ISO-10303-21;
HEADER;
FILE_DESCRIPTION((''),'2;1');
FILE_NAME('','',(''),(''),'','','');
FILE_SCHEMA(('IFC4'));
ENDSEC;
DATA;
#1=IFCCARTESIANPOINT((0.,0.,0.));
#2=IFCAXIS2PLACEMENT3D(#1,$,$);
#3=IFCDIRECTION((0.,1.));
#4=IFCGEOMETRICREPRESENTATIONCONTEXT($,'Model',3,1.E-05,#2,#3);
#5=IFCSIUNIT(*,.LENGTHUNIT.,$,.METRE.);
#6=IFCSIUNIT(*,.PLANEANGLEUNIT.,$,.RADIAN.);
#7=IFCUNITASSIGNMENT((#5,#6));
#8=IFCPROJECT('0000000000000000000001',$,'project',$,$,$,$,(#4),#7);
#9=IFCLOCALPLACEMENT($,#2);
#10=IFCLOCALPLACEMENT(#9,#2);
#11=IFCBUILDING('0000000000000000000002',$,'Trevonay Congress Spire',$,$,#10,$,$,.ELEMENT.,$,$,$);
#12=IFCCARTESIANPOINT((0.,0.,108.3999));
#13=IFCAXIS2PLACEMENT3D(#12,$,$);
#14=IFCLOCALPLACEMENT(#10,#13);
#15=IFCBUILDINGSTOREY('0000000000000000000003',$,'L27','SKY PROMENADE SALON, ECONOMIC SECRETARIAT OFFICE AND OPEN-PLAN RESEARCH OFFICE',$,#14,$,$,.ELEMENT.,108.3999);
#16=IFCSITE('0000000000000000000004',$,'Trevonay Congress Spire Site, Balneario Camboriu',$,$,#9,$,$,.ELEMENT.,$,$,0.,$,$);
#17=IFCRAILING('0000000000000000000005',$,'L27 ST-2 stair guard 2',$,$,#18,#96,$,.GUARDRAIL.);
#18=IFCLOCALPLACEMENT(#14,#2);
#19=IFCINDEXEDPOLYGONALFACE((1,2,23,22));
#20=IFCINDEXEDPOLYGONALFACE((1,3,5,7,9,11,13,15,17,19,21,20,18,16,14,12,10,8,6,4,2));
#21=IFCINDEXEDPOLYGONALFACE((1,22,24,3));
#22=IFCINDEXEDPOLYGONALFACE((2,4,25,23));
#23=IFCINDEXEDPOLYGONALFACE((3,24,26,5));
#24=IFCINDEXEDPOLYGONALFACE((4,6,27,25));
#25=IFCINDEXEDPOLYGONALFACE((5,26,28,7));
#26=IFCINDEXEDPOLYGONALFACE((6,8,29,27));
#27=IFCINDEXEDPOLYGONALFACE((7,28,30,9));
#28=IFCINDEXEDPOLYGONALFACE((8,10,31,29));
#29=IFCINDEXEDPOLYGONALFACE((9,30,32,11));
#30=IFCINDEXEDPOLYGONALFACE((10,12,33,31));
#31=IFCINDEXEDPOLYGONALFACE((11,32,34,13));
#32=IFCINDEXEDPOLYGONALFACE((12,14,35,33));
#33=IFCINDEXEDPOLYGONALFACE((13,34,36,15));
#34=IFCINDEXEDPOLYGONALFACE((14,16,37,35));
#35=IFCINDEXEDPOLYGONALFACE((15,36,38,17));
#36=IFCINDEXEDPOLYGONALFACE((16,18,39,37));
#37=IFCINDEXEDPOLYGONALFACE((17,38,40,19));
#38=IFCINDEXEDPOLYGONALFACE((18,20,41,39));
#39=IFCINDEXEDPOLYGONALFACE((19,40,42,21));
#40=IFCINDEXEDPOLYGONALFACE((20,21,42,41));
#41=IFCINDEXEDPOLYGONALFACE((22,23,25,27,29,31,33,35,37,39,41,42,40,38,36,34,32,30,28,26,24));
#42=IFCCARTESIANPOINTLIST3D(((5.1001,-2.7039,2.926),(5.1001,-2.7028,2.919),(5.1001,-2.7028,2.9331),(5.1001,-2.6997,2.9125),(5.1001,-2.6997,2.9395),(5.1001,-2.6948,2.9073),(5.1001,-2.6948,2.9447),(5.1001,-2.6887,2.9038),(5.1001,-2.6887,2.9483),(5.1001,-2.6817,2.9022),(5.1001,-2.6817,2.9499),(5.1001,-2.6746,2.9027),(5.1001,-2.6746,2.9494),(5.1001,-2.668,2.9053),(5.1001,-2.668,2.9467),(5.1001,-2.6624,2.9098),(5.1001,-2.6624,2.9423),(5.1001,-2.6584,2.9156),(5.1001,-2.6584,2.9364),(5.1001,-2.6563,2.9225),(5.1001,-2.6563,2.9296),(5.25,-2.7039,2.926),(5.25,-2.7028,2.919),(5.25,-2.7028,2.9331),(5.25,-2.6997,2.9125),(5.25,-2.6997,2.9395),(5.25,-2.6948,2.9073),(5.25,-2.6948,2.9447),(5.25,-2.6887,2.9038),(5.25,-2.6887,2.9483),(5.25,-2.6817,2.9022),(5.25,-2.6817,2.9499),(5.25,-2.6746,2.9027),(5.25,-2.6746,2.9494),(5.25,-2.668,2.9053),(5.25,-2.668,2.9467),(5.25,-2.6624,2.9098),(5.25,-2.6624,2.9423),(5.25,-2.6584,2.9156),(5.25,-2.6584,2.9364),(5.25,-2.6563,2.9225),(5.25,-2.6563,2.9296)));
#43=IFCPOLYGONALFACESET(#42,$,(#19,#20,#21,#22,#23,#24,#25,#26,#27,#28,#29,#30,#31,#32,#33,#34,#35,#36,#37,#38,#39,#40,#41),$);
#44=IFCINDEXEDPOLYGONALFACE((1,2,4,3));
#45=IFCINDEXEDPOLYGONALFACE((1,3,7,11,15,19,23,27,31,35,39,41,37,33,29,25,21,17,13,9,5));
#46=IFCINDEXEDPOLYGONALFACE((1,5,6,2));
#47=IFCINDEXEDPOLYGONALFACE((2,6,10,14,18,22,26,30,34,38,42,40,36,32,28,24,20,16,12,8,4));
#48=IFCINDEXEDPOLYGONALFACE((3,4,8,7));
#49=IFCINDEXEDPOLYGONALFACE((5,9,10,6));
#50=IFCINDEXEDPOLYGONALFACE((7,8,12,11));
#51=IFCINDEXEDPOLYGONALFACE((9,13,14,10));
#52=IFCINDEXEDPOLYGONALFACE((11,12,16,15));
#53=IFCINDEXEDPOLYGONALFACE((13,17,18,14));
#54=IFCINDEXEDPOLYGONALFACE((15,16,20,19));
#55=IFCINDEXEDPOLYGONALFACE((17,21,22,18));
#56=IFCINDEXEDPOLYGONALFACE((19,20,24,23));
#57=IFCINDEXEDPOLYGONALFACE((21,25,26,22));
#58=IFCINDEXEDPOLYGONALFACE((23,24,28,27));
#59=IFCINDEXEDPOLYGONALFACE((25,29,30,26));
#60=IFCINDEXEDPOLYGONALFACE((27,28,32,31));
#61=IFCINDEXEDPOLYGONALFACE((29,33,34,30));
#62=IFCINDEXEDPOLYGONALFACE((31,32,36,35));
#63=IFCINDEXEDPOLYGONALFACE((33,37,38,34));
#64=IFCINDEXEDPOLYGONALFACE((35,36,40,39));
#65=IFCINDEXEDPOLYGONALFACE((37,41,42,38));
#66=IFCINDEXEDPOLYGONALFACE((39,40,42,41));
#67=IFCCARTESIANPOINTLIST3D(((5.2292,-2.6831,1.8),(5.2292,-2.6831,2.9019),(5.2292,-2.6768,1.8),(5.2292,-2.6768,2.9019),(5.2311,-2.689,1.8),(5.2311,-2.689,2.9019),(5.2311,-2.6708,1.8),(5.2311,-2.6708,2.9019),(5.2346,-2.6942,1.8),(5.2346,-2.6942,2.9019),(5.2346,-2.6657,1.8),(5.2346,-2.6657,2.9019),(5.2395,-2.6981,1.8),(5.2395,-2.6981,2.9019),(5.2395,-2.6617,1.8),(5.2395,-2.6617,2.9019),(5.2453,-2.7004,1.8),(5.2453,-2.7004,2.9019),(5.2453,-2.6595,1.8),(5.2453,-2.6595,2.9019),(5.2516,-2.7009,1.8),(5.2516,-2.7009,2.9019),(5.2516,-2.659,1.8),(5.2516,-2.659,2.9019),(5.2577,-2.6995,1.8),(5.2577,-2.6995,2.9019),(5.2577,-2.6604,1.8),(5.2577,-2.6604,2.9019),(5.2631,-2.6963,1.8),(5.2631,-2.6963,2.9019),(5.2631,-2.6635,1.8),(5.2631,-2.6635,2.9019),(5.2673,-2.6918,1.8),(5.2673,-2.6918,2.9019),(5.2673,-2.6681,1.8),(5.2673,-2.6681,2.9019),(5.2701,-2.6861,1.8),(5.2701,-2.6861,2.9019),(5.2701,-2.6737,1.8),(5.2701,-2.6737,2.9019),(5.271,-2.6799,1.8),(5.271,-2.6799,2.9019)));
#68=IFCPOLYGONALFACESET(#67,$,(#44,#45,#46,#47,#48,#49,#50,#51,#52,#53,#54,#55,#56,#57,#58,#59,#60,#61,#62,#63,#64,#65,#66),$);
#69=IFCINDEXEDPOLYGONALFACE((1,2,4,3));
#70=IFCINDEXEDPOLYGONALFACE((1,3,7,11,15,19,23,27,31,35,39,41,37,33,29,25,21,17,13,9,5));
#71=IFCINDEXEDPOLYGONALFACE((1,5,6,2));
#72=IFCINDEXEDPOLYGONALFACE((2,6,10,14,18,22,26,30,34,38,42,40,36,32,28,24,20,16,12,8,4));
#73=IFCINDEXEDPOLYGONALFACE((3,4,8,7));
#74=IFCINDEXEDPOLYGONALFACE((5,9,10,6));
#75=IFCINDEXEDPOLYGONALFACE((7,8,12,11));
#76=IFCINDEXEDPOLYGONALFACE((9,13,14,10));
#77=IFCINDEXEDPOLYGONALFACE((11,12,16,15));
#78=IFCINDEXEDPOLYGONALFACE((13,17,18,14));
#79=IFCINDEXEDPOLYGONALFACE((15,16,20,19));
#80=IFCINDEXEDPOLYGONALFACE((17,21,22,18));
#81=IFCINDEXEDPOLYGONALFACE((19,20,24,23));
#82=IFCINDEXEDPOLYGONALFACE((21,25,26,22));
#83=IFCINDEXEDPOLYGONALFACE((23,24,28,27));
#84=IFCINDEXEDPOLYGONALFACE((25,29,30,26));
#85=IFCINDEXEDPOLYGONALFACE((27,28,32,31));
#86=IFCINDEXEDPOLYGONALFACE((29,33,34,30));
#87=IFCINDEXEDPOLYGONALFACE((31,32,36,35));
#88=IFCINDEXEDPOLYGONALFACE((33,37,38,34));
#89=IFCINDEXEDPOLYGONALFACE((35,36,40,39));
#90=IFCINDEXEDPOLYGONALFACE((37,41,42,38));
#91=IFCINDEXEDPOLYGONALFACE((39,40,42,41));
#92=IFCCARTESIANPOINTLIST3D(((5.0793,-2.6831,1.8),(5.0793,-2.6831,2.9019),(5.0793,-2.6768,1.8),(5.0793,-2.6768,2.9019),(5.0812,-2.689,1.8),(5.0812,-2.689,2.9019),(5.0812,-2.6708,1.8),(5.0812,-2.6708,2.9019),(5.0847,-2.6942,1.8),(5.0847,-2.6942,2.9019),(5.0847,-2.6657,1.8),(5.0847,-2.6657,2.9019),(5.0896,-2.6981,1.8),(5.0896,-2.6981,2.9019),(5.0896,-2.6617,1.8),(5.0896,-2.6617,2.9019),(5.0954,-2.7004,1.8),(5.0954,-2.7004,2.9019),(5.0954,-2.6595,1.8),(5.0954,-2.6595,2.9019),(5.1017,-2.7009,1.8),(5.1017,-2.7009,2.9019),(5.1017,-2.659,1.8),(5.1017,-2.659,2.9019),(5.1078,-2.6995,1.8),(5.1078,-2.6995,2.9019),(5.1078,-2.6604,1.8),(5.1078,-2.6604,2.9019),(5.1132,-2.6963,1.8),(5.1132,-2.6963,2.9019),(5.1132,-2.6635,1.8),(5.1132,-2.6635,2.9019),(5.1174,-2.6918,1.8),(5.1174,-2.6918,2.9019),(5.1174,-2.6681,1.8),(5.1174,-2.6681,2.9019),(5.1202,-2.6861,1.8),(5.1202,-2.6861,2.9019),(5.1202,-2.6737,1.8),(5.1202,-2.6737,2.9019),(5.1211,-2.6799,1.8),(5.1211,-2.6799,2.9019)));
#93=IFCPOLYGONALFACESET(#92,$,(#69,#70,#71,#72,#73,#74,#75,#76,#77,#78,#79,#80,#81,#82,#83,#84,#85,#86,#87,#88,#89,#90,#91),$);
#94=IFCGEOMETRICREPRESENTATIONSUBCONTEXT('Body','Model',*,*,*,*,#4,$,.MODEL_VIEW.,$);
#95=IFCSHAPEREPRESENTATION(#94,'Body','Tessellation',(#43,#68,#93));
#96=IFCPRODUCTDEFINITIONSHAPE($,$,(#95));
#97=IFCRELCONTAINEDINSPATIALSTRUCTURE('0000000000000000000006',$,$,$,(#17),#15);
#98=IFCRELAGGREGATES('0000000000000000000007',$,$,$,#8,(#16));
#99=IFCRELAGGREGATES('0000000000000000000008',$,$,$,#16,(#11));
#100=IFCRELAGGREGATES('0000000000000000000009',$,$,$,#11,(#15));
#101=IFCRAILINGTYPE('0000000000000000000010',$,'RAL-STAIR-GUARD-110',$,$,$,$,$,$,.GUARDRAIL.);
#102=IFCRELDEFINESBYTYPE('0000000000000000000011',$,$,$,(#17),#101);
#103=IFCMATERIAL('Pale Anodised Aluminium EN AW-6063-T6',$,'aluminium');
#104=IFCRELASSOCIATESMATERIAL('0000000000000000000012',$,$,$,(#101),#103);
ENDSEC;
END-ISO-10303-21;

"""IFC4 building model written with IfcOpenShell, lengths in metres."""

from ifc_helpers import new_model, si_unit, direction, frame, origin, origin_2d, place, context, subcontext, project, spatial, circle, extrude, material, type_object, element, save


model = new_model("IFC4")

# Units and contexts
model_context = context("Model", 3, precision=1e-05, world=origin(), true_north=direction((0.0, 1.0)))
body_context = subcontext(model_context, "Body", "Model", "MODEL_VIEW")
ifc_project = project(units=[si_unit("LENGTHUNIT", "METRE"), si_unit("PLANEANGLEUNIT", "RADIAN")], contexts=[model_context])

# Site, building, storey
site_placement = place(None, origin())
site = spatial("IfcSite", under=ifc_project, at=site_placement, Name="Trevonay Congress Spire Site, Balneario Camboriu", CompositionType="ELEMENT", RefElevation=0.0)
building_placement = place(site_placement, origin())
building = spatial("IfcBuilding", under=site, at=building_placement, Name="Trevonay Congress Spire", CompositionType="ELEMENT")
storey_placement = place(building_placement, frame((0.0, 0.0, 108.3999)))
storey = spatial("IfcBuildingStorey", under=building, at=storey_placement, Name="L27", Description="SKY PROMENADE SALON, ECONOMIC SECRETARIAT OFFICE AND OPEN-PLAN RESEARCH OFFICE", CompositionType="ELEMENT", Elevation=108.3999)

# Shared definitions
ifc_material_1 = material(Name="Pale Anodised Aluminium EN AW-6063-T6", Category="aluminium")

# Railing
railing_type_1 = type_object("IfcRailingType", Name="RAL-STAIR-GUARD-110", PredefinedType="GUARDRAIL", material=ifc_material_1)
railing_1_placement = place(storey_placement, frame((5.25, -2.6799, 1.8)))
element("IfcRailing", 1, at=railing_1_placement, inside=storey, type_object=railing_type_1, Name="L27 ST-2 stair guard 2", PredefinedType="GUARDRAIL", context=body_context, shape_type="SweptSolid", body=[
    extrude(circle(Radius=0.0239, at=origin_2d()), frame((0.0, 0.0, 1.126), z_axis=(-1.0, 0.0, 0.0), x_axis=(0.0, -1.0, 0.0)), (0.0, 0.0, 1.0), 0.1499),
    extrude(circle(Radius=0.021, at=origin_2d()), origin(), (0.0, 0.0, 1.0), 1.1018),
    extrude(circle(Radius=0.021, at=origin_2d()), frame((-0.1499, 0.0, 0.0)), (0.0, 0.0, 1.0), 1.1018),
])

save(model, "model.ifc")
